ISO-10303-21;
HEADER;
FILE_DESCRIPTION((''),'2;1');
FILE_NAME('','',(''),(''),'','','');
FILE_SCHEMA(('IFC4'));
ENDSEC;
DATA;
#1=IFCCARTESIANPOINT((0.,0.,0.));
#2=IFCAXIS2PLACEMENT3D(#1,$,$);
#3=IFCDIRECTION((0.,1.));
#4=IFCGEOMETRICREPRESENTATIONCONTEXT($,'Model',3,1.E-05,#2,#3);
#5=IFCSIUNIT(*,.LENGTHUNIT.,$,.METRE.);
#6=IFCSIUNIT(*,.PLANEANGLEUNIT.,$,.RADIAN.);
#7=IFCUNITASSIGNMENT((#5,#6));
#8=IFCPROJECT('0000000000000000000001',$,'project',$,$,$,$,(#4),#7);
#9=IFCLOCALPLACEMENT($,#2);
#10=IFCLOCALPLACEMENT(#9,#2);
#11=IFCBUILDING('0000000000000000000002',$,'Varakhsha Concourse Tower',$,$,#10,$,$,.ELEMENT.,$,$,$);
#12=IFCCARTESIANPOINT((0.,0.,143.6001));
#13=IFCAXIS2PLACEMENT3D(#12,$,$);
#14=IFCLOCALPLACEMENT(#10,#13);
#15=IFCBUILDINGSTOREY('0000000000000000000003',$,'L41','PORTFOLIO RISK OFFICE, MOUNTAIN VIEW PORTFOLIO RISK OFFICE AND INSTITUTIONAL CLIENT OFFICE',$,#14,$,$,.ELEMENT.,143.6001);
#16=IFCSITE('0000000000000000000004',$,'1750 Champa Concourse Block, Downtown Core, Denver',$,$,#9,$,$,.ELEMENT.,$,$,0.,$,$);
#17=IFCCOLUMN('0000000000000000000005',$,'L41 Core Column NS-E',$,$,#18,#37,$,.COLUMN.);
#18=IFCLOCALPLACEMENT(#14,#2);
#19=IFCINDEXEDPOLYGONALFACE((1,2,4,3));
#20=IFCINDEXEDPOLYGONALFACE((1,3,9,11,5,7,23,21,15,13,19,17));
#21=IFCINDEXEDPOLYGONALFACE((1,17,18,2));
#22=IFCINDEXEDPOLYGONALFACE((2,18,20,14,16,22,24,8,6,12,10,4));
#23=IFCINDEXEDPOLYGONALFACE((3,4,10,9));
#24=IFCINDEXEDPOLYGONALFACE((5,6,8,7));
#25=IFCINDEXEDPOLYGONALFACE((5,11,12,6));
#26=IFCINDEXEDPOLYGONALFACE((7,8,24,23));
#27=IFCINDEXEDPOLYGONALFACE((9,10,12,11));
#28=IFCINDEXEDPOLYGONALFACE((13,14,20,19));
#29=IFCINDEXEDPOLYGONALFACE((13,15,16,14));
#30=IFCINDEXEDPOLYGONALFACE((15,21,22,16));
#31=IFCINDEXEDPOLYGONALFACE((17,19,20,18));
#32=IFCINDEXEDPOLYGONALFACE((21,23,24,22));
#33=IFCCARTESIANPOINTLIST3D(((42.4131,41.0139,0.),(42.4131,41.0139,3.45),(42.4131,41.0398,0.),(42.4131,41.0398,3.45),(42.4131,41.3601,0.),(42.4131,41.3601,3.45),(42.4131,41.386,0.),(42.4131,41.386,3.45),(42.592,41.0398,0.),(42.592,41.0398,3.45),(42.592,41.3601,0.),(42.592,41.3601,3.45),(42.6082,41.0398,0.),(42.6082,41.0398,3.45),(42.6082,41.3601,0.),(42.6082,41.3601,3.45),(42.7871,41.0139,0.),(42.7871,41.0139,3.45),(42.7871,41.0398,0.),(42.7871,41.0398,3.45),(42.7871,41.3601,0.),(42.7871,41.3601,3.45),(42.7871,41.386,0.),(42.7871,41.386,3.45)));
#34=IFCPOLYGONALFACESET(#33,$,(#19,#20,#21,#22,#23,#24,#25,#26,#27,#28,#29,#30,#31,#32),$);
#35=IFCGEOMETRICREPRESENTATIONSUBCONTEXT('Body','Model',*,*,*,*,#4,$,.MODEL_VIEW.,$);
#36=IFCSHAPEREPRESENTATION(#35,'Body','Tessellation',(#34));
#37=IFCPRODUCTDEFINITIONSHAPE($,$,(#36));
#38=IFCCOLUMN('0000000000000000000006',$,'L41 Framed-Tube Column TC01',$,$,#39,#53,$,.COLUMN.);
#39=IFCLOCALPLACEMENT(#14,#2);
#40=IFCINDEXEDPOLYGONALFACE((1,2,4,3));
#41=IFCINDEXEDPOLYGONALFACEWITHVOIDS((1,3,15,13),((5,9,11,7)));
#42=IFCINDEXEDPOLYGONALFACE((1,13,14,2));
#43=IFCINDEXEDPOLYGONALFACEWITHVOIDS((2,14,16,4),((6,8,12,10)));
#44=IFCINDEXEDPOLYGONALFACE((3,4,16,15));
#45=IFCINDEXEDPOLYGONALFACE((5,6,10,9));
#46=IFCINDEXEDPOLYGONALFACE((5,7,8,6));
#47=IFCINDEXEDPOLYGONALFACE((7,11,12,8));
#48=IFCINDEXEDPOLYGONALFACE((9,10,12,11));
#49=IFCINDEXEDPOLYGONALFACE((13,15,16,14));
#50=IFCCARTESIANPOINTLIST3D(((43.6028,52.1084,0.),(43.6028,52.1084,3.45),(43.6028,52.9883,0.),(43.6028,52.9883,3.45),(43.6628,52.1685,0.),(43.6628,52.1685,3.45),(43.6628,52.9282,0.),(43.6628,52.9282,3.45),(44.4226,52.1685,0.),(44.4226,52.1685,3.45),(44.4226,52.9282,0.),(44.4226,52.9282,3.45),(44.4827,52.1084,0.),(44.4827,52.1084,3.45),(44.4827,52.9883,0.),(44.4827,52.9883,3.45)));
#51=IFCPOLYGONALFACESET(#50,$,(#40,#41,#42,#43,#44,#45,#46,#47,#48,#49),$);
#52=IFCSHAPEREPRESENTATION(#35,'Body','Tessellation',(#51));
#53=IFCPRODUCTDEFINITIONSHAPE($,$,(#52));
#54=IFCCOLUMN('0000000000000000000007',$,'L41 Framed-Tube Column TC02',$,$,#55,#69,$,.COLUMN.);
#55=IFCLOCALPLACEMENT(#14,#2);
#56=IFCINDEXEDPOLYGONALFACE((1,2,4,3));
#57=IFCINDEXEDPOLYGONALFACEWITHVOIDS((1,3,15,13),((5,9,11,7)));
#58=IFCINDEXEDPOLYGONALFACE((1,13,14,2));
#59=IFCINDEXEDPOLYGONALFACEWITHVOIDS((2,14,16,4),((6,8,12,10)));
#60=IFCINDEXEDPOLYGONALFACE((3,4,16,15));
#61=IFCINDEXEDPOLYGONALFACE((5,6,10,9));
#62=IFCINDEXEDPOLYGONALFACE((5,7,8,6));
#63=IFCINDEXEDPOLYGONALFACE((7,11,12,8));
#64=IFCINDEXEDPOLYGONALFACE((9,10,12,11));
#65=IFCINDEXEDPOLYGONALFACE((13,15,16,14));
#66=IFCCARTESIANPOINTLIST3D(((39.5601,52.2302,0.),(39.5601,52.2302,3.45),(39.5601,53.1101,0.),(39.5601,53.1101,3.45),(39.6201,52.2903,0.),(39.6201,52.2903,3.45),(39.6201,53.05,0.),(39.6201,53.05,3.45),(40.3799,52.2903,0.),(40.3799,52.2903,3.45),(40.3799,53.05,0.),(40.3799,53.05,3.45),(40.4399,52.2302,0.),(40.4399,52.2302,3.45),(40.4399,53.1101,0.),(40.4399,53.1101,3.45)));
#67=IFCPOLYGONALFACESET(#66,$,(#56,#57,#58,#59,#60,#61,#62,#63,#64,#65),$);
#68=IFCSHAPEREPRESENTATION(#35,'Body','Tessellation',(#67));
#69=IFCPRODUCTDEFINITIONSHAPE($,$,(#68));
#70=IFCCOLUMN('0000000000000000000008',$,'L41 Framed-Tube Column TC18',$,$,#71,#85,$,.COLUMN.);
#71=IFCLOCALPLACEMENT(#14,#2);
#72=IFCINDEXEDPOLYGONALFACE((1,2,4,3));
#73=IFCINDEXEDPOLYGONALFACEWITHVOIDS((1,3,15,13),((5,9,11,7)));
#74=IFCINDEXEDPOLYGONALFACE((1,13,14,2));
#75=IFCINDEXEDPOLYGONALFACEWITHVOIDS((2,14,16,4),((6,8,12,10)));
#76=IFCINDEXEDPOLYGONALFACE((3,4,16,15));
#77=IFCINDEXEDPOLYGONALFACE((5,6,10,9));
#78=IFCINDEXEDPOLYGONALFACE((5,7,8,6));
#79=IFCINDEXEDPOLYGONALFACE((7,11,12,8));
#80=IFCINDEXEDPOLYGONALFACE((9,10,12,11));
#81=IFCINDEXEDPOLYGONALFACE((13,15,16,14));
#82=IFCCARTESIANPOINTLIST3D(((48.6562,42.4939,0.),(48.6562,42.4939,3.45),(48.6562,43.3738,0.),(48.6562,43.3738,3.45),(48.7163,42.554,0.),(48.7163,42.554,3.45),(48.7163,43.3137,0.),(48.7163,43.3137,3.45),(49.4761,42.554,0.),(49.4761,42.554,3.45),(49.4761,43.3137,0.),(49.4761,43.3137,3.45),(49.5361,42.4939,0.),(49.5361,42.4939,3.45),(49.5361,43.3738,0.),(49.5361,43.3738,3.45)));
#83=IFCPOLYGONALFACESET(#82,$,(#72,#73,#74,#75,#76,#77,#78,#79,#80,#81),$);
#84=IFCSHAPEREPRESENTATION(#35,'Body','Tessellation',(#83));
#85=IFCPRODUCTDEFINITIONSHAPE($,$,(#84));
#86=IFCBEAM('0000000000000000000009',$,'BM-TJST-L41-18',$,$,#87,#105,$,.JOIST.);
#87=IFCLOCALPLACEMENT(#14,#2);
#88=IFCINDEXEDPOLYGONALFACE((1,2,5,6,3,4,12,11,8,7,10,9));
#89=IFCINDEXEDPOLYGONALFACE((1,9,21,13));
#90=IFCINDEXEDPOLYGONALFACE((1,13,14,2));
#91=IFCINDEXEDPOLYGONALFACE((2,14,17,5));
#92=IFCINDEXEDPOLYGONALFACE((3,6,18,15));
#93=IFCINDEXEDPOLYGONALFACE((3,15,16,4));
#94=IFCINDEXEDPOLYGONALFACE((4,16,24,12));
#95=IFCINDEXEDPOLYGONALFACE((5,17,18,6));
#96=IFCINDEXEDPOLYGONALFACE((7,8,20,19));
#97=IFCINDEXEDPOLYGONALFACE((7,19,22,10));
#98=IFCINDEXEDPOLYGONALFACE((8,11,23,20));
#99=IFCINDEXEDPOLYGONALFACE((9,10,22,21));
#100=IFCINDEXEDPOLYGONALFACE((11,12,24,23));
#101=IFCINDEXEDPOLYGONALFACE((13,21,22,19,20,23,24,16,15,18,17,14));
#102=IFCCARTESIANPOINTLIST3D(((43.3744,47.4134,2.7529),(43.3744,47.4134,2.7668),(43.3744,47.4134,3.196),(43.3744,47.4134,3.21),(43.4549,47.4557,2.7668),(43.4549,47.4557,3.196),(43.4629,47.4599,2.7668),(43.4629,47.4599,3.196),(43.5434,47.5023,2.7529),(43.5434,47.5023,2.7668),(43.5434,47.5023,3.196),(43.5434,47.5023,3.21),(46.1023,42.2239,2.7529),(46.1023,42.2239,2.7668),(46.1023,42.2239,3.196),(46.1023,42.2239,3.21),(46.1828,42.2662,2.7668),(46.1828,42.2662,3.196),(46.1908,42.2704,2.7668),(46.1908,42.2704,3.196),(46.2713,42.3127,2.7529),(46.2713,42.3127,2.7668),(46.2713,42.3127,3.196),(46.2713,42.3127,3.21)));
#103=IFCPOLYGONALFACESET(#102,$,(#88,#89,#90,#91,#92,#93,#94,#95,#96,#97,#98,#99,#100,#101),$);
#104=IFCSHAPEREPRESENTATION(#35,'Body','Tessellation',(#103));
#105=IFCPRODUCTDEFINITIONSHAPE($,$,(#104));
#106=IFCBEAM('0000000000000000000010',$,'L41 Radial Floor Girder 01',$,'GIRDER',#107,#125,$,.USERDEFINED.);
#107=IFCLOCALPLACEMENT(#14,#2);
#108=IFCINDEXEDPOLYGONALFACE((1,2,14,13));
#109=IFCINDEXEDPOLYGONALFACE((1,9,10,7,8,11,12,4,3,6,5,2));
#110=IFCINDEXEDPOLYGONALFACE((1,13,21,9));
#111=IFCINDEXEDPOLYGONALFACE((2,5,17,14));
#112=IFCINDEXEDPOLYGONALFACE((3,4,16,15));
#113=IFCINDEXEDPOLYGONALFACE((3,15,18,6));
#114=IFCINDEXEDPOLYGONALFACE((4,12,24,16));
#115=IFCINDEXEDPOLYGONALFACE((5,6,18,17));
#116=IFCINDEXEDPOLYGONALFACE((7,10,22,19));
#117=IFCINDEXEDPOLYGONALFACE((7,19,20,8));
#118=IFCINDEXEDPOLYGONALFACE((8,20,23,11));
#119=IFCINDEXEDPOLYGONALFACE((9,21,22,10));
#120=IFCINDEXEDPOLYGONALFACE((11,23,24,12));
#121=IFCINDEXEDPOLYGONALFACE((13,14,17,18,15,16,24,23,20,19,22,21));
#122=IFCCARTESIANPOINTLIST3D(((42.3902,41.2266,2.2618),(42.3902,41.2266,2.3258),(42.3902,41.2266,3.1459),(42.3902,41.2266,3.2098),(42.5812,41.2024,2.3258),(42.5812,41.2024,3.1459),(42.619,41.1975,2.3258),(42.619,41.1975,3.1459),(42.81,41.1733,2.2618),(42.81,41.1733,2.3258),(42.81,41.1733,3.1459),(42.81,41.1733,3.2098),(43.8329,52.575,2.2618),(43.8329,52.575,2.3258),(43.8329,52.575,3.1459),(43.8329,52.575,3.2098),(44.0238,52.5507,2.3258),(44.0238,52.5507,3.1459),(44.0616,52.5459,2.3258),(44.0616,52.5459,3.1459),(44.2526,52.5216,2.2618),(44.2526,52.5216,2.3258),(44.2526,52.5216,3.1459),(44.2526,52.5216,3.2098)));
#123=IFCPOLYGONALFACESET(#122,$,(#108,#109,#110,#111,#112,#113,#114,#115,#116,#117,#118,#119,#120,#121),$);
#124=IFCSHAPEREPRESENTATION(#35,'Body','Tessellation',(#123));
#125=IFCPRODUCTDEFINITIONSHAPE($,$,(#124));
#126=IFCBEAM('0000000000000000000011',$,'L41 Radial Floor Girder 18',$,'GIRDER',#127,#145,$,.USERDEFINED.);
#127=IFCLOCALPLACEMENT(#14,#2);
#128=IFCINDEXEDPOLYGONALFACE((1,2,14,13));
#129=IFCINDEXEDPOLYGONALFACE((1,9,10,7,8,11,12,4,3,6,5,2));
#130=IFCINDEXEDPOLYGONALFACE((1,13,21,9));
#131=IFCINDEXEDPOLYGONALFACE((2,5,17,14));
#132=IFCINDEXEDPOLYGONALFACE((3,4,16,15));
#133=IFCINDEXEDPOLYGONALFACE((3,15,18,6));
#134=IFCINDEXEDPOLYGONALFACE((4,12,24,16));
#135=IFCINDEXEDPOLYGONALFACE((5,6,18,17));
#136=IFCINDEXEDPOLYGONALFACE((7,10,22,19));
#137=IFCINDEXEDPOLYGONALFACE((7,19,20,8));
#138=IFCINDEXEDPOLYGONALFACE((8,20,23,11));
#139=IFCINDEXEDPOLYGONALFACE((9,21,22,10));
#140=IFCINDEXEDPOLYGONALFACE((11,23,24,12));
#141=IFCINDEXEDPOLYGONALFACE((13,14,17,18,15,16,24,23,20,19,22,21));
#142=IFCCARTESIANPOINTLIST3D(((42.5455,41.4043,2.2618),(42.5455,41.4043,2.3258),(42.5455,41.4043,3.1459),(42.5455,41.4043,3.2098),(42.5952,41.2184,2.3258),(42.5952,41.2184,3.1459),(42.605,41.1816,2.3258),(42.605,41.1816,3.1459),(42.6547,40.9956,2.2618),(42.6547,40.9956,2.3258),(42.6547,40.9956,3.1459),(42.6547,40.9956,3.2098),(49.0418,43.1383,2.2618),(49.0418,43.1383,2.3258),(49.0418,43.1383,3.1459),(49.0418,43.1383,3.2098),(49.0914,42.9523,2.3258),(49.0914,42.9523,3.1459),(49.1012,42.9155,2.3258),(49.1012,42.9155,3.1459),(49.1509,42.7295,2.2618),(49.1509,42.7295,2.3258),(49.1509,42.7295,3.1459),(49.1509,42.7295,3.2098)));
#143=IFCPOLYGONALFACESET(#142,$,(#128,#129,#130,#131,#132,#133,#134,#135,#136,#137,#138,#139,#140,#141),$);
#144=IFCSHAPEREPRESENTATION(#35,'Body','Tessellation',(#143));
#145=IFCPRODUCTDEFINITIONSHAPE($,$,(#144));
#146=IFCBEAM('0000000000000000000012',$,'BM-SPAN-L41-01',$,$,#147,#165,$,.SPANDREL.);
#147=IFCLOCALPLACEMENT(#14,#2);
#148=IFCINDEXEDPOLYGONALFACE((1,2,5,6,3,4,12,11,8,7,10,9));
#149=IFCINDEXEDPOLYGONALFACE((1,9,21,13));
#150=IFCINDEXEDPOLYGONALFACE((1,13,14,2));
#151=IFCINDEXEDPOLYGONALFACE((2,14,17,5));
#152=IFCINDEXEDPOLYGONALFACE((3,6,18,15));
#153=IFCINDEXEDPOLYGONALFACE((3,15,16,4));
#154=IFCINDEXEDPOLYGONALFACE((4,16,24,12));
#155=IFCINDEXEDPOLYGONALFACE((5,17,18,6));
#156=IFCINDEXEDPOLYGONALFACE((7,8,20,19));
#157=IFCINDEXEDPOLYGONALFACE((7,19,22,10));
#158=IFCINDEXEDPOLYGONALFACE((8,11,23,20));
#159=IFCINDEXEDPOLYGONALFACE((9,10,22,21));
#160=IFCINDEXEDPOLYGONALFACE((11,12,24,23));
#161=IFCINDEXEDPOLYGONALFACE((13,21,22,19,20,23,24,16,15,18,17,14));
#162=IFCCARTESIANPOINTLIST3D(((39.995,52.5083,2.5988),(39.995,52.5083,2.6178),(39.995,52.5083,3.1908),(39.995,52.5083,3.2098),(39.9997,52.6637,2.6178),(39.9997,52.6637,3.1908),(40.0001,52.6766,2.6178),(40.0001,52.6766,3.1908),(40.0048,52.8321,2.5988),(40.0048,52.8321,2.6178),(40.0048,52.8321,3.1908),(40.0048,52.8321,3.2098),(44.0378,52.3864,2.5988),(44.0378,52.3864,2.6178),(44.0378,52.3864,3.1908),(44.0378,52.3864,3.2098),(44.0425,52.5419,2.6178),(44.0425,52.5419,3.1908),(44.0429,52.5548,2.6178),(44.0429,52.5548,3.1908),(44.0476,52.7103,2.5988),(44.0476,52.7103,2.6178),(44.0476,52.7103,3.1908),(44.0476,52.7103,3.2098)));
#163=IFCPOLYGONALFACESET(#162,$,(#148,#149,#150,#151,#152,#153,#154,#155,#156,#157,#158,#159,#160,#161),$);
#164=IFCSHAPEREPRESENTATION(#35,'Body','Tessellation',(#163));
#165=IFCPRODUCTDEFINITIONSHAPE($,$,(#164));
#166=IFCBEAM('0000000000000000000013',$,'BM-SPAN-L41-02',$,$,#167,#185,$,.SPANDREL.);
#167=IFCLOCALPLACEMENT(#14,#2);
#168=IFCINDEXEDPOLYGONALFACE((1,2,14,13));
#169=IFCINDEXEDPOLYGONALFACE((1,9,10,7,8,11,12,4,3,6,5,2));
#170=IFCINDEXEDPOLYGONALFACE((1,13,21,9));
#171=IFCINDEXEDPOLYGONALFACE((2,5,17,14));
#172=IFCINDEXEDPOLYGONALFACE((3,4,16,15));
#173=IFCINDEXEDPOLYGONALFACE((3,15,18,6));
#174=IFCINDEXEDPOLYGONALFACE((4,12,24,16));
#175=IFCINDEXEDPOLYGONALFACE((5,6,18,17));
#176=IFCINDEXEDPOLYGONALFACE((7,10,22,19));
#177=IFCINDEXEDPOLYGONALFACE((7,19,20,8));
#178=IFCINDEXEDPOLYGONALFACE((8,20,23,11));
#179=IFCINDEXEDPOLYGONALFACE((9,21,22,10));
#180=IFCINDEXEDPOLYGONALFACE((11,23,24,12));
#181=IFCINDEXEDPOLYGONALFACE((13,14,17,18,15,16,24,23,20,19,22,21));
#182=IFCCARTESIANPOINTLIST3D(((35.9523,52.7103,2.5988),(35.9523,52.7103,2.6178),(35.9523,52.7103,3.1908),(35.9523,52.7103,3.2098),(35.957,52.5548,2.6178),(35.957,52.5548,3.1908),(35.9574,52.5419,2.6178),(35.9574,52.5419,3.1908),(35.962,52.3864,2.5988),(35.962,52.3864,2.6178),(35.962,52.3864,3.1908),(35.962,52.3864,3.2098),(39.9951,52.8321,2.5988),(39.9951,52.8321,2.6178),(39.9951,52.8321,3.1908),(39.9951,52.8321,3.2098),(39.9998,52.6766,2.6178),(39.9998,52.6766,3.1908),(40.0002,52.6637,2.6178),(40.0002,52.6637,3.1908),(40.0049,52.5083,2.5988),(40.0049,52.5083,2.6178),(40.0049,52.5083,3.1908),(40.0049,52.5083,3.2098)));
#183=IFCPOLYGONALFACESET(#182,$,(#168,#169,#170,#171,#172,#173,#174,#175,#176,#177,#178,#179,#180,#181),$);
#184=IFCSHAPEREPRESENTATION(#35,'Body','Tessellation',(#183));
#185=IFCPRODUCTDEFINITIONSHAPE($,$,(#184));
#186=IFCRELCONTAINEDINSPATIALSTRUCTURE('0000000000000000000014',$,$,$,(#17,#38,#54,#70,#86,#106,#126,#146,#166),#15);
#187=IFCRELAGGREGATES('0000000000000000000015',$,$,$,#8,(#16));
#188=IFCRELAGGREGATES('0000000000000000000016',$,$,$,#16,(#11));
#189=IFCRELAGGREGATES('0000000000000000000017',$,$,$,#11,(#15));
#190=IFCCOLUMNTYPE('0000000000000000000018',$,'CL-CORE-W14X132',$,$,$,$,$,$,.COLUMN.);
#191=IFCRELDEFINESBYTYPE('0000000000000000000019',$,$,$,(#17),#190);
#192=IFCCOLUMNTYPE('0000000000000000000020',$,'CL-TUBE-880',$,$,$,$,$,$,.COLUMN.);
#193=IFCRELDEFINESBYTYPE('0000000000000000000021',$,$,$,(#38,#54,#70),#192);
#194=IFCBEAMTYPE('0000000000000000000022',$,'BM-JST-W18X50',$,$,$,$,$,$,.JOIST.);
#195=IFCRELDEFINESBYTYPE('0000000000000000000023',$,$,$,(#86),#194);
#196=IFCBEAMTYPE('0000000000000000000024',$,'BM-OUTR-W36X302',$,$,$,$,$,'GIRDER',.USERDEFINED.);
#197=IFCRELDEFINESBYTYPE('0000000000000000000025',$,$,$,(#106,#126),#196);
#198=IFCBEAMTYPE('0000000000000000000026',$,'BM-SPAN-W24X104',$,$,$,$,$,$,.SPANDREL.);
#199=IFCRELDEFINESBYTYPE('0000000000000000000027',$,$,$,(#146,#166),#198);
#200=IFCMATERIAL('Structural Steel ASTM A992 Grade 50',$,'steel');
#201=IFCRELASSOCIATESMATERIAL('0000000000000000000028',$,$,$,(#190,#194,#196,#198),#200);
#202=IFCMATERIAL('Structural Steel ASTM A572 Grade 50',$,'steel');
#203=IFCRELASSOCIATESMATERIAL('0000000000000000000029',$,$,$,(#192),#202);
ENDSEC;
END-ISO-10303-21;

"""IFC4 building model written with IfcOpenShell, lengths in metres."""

from ifc_helpers import new_model, si_unit, direction, frame, origin, origin_2d, place, context, subcontext, project, spatial, hollow_rectangle, i_section, extrude, material, material_profile, profile_set, type_object, element, save


model = new_model("IFC4")

# Units and contexts
model_context = context("Model", 3, precision=1e-05, world=origin(), true_north=direction((0.0, 1.0)))
body_context = subcontext(model_context, "Body", "Model", "MODEL_VIEW")
ifc_project = project(units=[si_unit("LENGTHUNIT", "METRE"), si_unit("PLANEANGLEUNIT", "RADIAN")], contexts=[model_context])

# Site, building, storey
site_placement = place(None, origin())
site = spatial("IfcSite", under=ifc_project, at=site_placement, Name="1750 Champa Concourse Block, Downtown Core, Denver", CompositionType="ELEMENT", RefElevation=0.0)
building_placement = place(site_placement, origin())
building = spatial("IfcBuilding", under=site, at=building_placement, Name="Varakhsha Concourse Tower", CompositionType="ELEMENT")
storey_placement = place(building_placement, frame((0.0, 0.0, 143.6001)))
storey = spatial("IfcBuildingStorey", under=building, at=storey_placement, Name="L41", Description="PORTFOLIO RISK OFFICE, MOUNTAIN VIEW PORTFOLIO RISK OFFICE AND INSTITUTIONAL CLIENT OFFICE", CompositionType="ELEMENT", Elevation=143.6001)

# Columns
ifc_material_1 = material(Name="Structural Steel ASTM A992 Grade 50", Category="steel")
ifc_material_profile_1 = material_profile(ifc_material_1, i_section(OverallWidth=0.374, OverallDepth=0.3721, WebThickness=0.0161, FlangeThickness=0.0259, at=origin_2d()), Name="W14X132")
ifc_profile_set_1 = profile_set([ifc_material_profile_1], Name="Structural Steel ASTM A992 Grade 50")
column_type_1 = type_object("IfcColumnType", Name="CL-CORE-W14X132", PredefinedType="COLUMN", material=ifc_profile_set_1)
column_placement = place(storey_placement, frame((42.6001, 41.2, 0.0), z_axis=(0.0, 0.0, 1.0), x_axis=(1.0, 0.0, 0.0)))
element("IfcColumn", 1, at=column_placement, inside=storey, type_object=column_type_1, Name="L41 Core Column NS-E", PredefinedType="COLUMN", context=body_context, shape_type="SweptSolid", body=[
    extrude(i_section(OverallWidth=0.374, OverallDepth=0.3721, WebThickness=0.0161, FlangeThickness=0.0259, at=origin_2d()), origin(), (0.0, 0.0, 1.0), 3.45),
])
ifc_material_2 = material(Name="Structural Steel ASTM A572 Grade 50", Category="steel")
ifc_material_profile_2 = material_profile(ifc_material_2, hollow_rectangle(XDim=0.8799, YDim=0.8799, WallThickness=0.0601, at=origin_2d()), Name="BOX 880x880x60")
ifc_profile_set_2 = profile_set([ifc_material_profile_2], Name="Structural Steel ASTM A572 Grade 50")
column_type_2 = type_object("IfcColumnType", Name="CL-TUBE-880", PredefinedType="COLUMN", material=ifc_profile_set_2)
for number, where, z_axis, x_axis, name in (
    (2, (44.0427, 52.5483, 0.0), (0.0, 0.0, 1.0), (1.0, 0.0, 0.0), "L41 Framed-Tube Column TC01"),
    (3, (40.0, 52.6702, 0.0), (0.0, 0.0, 1.0), (1.0, 0.0, 0.0), "L41 Framed-Tube Column TC02"),
    (4, (49.0962, 42.9338, 0.0), (0.0, 0.0, 1.0), (1.0, 0.0, 0.0), "L41 Framed-Tube Column TC18"),
):
    element("IfcColumn", number, at=place(storey_placement, frame(where, z_axis=z_axis, x_axis=x_axis)), inside=storey, type_object=column_type_2, Name=name, PredefinedType="COLUMN", context=body_context, shape_type="SweptSolid", body=[
        extrude(hollow_rectangle(XDim=0.8799, YDim=0.8799, WallThickness=0.0601, at=origin_2d()), origin(), (0.0, 0.0, 1.0), 3.45),
    ])

# Beams
ifc_material_profile_3 = material_profile(ifc_material_1, i_section(OverallWidth=0.1909, OverallDepth=0.457, WebThickness=0.009, FlangeThickness=0.0139, at=origin_2d()), Name="W18X50")
ifc_profile_set_3 = profile_set([ifc_material_profile_3], Name="Structural Steel ASTM A992 Grade 50")
beam_type_1 = type_object("IfcBeamType", Name="BM-JST-W18X50", PredefinedType="JOIST", material=ifc_profile_set_3)
beam_1_placement = place(storey_placement, frame((46.1868, 42.2683, 2.9814), z_axis=(-0.465278, 0.885165, 0.0), x_axis=(-0.885165, -0.465278, 0.0)))
element("IfcBeam", 5, at=beam_1_placement, inside=storey, type_object=beam_type_1, Name="BM-TJST-L41-18", PredefinedType="JOIST", context=body_context, shape_type="SweptSolid", body=[
    extrude(i_section(OverallWidth=0.1909, OverallDepth=0.457, WebThickness=0.009, FlangeThickness=0.0139, at=origin_2d()), origin(), (0.0, 0.0, 1.0), 5.8628),
])
ifc_material_profile_4 = material_profile(ifc_material_1, i_section(OverallWidth=0.4231, OverallDepth=0.948, WebThickness=0.0381, FlangeThickness=0.064, at=origin_2d()), Name="W36X302")
ifc_profile_set_4 = profile_set([ifc_material_profile_4], Name="Structural Steel ASTM A992 Grade 50")
beam_type_2 = type_object("IfcBeamType", Name="BM-OUTR-W36X302", ElementType="GIRDER", PredefinedType="USERDEFINED", material=ifc_profile_set_4)
beam_2_placement = place(storey_placement, frame((42.6001, 41.2, 2.7358), z_axis=(0.126107, 0.992017, 0.0), x_axis=(-0.992017, 0.126107, 0.0)))
element("IfcBeam", 6, at=beam_2_placement, inside=storey, type_object=beam_type_2, Name="L41 Radial Floor Girder 01", ObjectType="GIRDER", PredefinedType="USERDEFINED", context=body_context, shape_type="SweptSolid", body=[
    extrude(i_section(OverallWidth=0.4231, OverallDepth=0.948, WebThickness=0.0381, FlangeThickness=0.064, at=origin_2d()), origin(), (0.0, 0.0, 1.0), 11.4397),
])
beam_3_placement = place(storey_placement, frame((42.6001, 41.2, 2.7358), z_axis=(0.966176, 0.257884, 0.0), x_axis=(-0.257884, 0.966176, 0.0)))
element("IfcBeam", 7, at=beam_3_placement, inside=storey, type_object=beam_type_2, Name="L41 Radial Floor Girder 18", ObjectType="GIRDER", PredefinedType="USERDEFINED", context=body_context, shape_type="SweptSolid", body=[
    extrude(i_section(OverallWidth=0.4231, OverallDepth=0.948, WebThickness=0.0381, FlangeThickness=0.064, at=origin_2d()), origin(), (0.0, 0.0, 1.0), 6.7236),
])
ifc_material_profile_5 = material_profile(ifc_material_1, i_section(OverallWidth=0.324, OverallDepth=0.6111, WebThickness=0.0129, FlangeThickness=0.019, at=origin_2d()), Name="W24X104")
ifc_profile_set_5 = profile_set([ifc_material_profile_5], Name="Structural Steel ASTM A992 Grade 50")
beam_type_3 = type_object("IfcBeamType", Name="BM-SPAN-W24X104", PredefinedType="SPANDREL", material=ifc_profile_set_5)
for number, where, z_axis, x_axis, name in (
    (8, (44.0427, 52.5483, 2.9043), (-0.999546, 0.030121, 0.0), (-0.030121, -0.999546, 0.0), "BM-SPAN-L41-01"),
    (9, (40.0, 52.6702, 2.9043), (-0.999546, -0.030121, 0.0), (0.030121, -0.999546, 0.0), "BM-SPAN-L41-02"),
):
    element("IfcBeam", number, at=place(storey_placement, frame(where, z_axis=z_axis, x_axis=x_axis)), inside=storey, type_object=beam_type_3, Name=name, PredefinedType="SPANDREL", context=body_context, shape_type="SweptSolid", body=[
        extrude(i_section(OverallWidth=0.324, OverallDepth=0.6111, WebThickness=0.0129, FlangeThickness=0.019, at=origin_2d()), origin(), (0.0, 0.0, 1.0), 4.0447),
    ])

save(model, "model.ifc")
